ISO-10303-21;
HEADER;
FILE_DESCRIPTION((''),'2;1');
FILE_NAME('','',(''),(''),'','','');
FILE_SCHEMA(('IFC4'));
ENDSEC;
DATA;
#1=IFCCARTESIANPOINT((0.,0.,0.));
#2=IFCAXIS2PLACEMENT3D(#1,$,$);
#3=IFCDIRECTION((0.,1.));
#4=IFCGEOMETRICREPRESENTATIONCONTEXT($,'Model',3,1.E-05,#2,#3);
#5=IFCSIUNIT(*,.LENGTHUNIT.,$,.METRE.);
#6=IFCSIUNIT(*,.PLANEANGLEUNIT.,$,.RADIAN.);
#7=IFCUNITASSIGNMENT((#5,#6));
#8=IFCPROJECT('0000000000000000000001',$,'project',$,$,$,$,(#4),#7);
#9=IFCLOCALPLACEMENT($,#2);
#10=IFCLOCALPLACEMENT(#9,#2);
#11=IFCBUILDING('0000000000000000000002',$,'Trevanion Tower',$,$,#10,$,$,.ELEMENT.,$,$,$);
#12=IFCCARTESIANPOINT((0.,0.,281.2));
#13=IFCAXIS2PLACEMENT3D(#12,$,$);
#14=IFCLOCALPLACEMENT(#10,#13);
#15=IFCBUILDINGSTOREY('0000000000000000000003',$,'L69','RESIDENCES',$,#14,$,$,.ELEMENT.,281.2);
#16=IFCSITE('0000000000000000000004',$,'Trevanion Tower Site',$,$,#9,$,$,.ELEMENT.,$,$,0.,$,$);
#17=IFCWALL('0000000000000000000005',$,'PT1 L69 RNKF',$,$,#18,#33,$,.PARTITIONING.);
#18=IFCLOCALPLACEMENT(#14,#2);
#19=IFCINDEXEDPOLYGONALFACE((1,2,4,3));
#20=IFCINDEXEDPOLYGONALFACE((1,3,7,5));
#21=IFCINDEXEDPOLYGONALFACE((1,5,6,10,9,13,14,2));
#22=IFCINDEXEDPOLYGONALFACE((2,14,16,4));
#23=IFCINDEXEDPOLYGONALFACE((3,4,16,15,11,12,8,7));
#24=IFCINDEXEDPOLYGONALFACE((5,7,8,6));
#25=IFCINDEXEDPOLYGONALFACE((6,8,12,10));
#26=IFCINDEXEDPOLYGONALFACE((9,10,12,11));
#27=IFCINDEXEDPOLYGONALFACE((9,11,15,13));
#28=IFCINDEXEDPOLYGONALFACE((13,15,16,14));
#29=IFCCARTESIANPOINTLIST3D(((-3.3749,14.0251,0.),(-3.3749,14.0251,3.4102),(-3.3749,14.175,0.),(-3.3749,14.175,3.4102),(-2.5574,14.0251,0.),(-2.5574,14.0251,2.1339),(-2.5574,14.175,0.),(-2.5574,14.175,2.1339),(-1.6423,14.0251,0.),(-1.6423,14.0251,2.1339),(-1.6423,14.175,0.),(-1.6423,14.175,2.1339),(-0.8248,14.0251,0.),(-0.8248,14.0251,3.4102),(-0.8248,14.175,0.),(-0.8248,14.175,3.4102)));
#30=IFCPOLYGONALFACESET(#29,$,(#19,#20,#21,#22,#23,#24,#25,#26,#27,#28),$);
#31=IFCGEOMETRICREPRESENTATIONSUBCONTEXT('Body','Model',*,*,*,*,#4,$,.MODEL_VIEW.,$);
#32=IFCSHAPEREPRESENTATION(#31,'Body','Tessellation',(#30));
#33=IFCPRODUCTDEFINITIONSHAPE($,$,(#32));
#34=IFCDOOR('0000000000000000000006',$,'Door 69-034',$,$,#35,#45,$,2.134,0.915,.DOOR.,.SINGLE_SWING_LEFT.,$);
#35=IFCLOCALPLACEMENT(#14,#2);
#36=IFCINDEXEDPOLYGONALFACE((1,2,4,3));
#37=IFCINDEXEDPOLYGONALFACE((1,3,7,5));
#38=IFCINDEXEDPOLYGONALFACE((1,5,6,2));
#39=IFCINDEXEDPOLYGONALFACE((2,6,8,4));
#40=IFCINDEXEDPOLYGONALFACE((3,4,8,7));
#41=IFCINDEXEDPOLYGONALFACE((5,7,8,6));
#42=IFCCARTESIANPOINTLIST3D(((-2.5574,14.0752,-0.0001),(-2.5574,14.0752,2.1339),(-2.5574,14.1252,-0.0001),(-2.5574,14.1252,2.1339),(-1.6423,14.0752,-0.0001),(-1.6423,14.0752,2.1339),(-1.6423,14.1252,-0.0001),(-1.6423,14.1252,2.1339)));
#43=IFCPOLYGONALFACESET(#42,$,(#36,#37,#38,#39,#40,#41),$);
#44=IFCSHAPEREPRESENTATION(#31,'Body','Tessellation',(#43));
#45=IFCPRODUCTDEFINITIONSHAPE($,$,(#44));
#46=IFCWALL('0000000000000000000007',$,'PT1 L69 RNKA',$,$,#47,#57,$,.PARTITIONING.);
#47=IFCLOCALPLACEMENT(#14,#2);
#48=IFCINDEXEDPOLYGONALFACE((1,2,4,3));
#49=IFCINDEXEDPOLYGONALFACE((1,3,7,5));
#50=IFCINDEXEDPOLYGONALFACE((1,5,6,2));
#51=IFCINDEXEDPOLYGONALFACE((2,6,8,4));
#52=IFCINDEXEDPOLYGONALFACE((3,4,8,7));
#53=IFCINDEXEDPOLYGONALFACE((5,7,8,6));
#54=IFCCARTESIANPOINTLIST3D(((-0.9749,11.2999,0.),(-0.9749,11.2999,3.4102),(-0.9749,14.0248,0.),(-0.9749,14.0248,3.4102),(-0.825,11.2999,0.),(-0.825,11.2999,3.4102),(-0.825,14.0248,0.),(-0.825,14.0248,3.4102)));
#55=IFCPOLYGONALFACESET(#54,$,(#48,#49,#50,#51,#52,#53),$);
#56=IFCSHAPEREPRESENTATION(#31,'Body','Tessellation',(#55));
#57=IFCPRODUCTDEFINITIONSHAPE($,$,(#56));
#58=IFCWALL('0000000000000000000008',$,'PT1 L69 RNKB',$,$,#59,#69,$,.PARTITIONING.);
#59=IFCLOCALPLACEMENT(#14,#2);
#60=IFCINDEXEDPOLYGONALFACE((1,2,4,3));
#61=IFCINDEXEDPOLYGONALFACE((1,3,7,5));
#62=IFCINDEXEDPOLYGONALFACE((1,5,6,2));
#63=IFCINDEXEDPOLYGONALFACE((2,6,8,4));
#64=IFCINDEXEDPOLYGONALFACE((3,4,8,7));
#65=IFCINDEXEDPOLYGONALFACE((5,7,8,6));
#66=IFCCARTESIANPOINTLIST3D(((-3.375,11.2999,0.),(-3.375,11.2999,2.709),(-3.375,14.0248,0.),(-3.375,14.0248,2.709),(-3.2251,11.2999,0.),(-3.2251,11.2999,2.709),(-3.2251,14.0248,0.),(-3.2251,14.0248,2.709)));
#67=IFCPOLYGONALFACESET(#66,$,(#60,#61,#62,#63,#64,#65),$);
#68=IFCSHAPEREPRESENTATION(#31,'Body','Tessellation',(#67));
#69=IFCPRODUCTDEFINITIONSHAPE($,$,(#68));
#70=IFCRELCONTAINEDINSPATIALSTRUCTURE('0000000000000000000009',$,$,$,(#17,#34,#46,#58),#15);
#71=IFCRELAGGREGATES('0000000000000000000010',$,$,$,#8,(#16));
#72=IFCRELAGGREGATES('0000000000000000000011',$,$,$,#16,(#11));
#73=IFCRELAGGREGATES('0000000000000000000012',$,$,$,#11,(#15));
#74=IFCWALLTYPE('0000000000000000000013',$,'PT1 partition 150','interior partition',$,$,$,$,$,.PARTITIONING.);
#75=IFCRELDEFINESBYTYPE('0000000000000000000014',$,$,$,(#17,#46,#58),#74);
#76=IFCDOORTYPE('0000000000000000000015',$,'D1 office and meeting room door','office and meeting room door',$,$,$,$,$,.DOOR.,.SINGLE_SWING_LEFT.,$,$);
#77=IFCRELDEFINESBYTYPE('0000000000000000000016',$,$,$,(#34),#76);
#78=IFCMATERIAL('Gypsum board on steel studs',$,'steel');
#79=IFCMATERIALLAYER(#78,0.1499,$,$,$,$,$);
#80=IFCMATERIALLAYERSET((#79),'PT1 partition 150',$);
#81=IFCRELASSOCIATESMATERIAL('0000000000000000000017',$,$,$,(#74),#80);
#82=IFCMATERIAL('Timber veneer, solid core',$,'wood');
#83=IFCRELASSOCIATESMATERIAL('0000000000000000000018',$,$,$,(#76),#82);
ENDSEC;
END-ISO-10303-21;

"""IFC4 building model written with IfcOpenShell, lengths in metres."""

from ifc_helpers import new_model, si_unit, direction, frame, frame_2d, origin, place, context, subcontext, project, spatial, rectangle, extrude, material, layer, layer_set, type_object, element, fill, save


model = new_model("IFC4")

# Units and contexts
model_context = context("Model", 3, precision=1e-05, world=origin(), true_north=direction((0.0, 1.0)))
body_context = subcontext(model_context, "Body", "Model", "MODEL_VIEW")
ifc_project = project(units=[si_unit("LENGTHUNIT", "METRE"), si_unit("PLANEANGLEUNIT", "RADIAN")], contexts=[model_context])

# Site, building, storey
site_placement = place(None, origin())
site = spatial("IfcSite", under=ifc_project, at=site_placement, Name="Trevanion Tower Site", CompositionType="ELEMENT", RefElevation=0.0)
building_placement = place(site_placement, origin())
building = spatial("IfcBuilding", under=site, at=building_placement, Name="Trevanion Tower", CompositionType="ELEMENT")
storey_placement = place(building_placement, frame((0.0, 0.0, 281.2)))
storey = spatial("IfcBuildingStorey", under=building, at=storey_placement, Name="L69", Description="RESIDENCES", CompositionType="ELEMENT", Elevation=281.2)

# Wall, opening, door
ifc_material_1 = material(Name="Gypsum board on steel studs", Category="steel")
ifc_layer_1 = layer(ifc_material_1, 0.1499)
ifc_layer_set_1 = layer_set([ifc_layer_1], Name="PT1 partition 150")
wall_type_1 = type_object("IfcWallType", Name="PT1 partition 150", Description="interior partition", PredefinedType="PARTITIONING", material=ifc_layer_set_1)
wall_1_placement = place(storey_placement, frame((-0.825, 14.1001, 0.0), z_axis=(0.0, 0.0, 1.0), x_axis=(-1.0, 0.0, 0.0)))
wall_1 = element("IfcWall", 1, at=wall_1_placement, inside=storey, type_object=wall_type_1, Name="PT1 L69 RNKF", PredefinedType="PARTITIONING", context=body_context, shape_type="SweptSolid", body=[
    extrude(rectangle(XDim=2.55, YDim=0.1499, at=frame_2d((1.2749, 0.0))), origin(), (0.0, 0.0, 1.0), 3.4102),
])
opening_placement = place(wall_1_placement, frame((0.8174, 0.0, 0.0)))
opening = element("IfcOpeningElement", 2, at=opening_placement, cuts=wall_1, PredefinedType="OPENING", context=body_context, shape_type="SweptSolid", body=[
    extrude(rectangle(XDim=0.915, YDim=2.134, at=frame_2d((0.4575, 1.0669))), frame((0.0, 0.085, 0.0), z_axis=(0.0, -1.0, 0.0), x_axis=(1.0, 0.0, 0.0)), (0.0, 0.0, 1.0), 0.1699),
])
ifc_material_2 = material(Name="Timber veneer, solid core", Category="wood")
door_type = type_object("IfcDoorType", Name="D1 office and meeting room door", Description="office and meeting room door", OperationType="SINGLE_SWING_LEFT", PredefinedType="DOOR", material=ifc_material_2)
door_placement = place(opening_placement, origin())
door = element("IfcDoor", 3, at=door_placement, inside=storey, type_object=door_type, Name="Door 69-034", OperationType="SINGLE_SWING_LEFT", OverallHeight=2.134, OverallWidth=0.915, PredefinedType="DOOR", context=body_context, shape_type="SweptSolid", body=[
    extrude(rectangle(XDim=0.915, YDim=2.134, at=frame_2d((0.4575, 1.0669))), frame((0.0, 0.0249, 0.0), z_axis=(0.0, -1.0, 0.0), x_axis=(1.0, 0.0, 0.0)), (0.0, 0.0, 1.0), 0.05),
])
fill(opening, door)

# Walls
wall_2_placement = place(storey_placement, frame((-0.8999, 11.3, 0.0), z_axis=(0.0, 0.0, 1.0), x_axis=(0.0, 1.0, 0.0)))
element("IfcWall", 4, at=wall_2_placement, inside=storey, type_object=wall_type_1, Name="PT1 L69 RNKA", PredefinedType="PARTITIONING", context=body_context, shape_type="SweptSolid", body=[
    extrude(rectangle(XDim=2.7249, YDim=0.1499, at=frame_2d((1.3623, 0.0))), origin(), (0.0, 0.0, 1.0), 3.4102),
])
wall_3_placement = place(storey_placement, frame((-3.3, 11.3, 0.0), z_axis=(0.0, 0.0, 1.0), x_axis=(0.0, 1.0, 0.0)))
element("IfcWall", 5, at=wall_3_placement, inside=storey, type_object=wall_type_1, Name="PT1 L69 RNKB", PredefinedType="PARTITIONING", context=body_context, shape_type="SweptSolid", body=[
    extrude(rectangle(XDim=2.7249, YDim=0.1499, at=frame_2d((1.3623, 0.0))), origin(), (0.0, 0.0, 1.0), 2.709),
])

save(model, "model.ifc")
